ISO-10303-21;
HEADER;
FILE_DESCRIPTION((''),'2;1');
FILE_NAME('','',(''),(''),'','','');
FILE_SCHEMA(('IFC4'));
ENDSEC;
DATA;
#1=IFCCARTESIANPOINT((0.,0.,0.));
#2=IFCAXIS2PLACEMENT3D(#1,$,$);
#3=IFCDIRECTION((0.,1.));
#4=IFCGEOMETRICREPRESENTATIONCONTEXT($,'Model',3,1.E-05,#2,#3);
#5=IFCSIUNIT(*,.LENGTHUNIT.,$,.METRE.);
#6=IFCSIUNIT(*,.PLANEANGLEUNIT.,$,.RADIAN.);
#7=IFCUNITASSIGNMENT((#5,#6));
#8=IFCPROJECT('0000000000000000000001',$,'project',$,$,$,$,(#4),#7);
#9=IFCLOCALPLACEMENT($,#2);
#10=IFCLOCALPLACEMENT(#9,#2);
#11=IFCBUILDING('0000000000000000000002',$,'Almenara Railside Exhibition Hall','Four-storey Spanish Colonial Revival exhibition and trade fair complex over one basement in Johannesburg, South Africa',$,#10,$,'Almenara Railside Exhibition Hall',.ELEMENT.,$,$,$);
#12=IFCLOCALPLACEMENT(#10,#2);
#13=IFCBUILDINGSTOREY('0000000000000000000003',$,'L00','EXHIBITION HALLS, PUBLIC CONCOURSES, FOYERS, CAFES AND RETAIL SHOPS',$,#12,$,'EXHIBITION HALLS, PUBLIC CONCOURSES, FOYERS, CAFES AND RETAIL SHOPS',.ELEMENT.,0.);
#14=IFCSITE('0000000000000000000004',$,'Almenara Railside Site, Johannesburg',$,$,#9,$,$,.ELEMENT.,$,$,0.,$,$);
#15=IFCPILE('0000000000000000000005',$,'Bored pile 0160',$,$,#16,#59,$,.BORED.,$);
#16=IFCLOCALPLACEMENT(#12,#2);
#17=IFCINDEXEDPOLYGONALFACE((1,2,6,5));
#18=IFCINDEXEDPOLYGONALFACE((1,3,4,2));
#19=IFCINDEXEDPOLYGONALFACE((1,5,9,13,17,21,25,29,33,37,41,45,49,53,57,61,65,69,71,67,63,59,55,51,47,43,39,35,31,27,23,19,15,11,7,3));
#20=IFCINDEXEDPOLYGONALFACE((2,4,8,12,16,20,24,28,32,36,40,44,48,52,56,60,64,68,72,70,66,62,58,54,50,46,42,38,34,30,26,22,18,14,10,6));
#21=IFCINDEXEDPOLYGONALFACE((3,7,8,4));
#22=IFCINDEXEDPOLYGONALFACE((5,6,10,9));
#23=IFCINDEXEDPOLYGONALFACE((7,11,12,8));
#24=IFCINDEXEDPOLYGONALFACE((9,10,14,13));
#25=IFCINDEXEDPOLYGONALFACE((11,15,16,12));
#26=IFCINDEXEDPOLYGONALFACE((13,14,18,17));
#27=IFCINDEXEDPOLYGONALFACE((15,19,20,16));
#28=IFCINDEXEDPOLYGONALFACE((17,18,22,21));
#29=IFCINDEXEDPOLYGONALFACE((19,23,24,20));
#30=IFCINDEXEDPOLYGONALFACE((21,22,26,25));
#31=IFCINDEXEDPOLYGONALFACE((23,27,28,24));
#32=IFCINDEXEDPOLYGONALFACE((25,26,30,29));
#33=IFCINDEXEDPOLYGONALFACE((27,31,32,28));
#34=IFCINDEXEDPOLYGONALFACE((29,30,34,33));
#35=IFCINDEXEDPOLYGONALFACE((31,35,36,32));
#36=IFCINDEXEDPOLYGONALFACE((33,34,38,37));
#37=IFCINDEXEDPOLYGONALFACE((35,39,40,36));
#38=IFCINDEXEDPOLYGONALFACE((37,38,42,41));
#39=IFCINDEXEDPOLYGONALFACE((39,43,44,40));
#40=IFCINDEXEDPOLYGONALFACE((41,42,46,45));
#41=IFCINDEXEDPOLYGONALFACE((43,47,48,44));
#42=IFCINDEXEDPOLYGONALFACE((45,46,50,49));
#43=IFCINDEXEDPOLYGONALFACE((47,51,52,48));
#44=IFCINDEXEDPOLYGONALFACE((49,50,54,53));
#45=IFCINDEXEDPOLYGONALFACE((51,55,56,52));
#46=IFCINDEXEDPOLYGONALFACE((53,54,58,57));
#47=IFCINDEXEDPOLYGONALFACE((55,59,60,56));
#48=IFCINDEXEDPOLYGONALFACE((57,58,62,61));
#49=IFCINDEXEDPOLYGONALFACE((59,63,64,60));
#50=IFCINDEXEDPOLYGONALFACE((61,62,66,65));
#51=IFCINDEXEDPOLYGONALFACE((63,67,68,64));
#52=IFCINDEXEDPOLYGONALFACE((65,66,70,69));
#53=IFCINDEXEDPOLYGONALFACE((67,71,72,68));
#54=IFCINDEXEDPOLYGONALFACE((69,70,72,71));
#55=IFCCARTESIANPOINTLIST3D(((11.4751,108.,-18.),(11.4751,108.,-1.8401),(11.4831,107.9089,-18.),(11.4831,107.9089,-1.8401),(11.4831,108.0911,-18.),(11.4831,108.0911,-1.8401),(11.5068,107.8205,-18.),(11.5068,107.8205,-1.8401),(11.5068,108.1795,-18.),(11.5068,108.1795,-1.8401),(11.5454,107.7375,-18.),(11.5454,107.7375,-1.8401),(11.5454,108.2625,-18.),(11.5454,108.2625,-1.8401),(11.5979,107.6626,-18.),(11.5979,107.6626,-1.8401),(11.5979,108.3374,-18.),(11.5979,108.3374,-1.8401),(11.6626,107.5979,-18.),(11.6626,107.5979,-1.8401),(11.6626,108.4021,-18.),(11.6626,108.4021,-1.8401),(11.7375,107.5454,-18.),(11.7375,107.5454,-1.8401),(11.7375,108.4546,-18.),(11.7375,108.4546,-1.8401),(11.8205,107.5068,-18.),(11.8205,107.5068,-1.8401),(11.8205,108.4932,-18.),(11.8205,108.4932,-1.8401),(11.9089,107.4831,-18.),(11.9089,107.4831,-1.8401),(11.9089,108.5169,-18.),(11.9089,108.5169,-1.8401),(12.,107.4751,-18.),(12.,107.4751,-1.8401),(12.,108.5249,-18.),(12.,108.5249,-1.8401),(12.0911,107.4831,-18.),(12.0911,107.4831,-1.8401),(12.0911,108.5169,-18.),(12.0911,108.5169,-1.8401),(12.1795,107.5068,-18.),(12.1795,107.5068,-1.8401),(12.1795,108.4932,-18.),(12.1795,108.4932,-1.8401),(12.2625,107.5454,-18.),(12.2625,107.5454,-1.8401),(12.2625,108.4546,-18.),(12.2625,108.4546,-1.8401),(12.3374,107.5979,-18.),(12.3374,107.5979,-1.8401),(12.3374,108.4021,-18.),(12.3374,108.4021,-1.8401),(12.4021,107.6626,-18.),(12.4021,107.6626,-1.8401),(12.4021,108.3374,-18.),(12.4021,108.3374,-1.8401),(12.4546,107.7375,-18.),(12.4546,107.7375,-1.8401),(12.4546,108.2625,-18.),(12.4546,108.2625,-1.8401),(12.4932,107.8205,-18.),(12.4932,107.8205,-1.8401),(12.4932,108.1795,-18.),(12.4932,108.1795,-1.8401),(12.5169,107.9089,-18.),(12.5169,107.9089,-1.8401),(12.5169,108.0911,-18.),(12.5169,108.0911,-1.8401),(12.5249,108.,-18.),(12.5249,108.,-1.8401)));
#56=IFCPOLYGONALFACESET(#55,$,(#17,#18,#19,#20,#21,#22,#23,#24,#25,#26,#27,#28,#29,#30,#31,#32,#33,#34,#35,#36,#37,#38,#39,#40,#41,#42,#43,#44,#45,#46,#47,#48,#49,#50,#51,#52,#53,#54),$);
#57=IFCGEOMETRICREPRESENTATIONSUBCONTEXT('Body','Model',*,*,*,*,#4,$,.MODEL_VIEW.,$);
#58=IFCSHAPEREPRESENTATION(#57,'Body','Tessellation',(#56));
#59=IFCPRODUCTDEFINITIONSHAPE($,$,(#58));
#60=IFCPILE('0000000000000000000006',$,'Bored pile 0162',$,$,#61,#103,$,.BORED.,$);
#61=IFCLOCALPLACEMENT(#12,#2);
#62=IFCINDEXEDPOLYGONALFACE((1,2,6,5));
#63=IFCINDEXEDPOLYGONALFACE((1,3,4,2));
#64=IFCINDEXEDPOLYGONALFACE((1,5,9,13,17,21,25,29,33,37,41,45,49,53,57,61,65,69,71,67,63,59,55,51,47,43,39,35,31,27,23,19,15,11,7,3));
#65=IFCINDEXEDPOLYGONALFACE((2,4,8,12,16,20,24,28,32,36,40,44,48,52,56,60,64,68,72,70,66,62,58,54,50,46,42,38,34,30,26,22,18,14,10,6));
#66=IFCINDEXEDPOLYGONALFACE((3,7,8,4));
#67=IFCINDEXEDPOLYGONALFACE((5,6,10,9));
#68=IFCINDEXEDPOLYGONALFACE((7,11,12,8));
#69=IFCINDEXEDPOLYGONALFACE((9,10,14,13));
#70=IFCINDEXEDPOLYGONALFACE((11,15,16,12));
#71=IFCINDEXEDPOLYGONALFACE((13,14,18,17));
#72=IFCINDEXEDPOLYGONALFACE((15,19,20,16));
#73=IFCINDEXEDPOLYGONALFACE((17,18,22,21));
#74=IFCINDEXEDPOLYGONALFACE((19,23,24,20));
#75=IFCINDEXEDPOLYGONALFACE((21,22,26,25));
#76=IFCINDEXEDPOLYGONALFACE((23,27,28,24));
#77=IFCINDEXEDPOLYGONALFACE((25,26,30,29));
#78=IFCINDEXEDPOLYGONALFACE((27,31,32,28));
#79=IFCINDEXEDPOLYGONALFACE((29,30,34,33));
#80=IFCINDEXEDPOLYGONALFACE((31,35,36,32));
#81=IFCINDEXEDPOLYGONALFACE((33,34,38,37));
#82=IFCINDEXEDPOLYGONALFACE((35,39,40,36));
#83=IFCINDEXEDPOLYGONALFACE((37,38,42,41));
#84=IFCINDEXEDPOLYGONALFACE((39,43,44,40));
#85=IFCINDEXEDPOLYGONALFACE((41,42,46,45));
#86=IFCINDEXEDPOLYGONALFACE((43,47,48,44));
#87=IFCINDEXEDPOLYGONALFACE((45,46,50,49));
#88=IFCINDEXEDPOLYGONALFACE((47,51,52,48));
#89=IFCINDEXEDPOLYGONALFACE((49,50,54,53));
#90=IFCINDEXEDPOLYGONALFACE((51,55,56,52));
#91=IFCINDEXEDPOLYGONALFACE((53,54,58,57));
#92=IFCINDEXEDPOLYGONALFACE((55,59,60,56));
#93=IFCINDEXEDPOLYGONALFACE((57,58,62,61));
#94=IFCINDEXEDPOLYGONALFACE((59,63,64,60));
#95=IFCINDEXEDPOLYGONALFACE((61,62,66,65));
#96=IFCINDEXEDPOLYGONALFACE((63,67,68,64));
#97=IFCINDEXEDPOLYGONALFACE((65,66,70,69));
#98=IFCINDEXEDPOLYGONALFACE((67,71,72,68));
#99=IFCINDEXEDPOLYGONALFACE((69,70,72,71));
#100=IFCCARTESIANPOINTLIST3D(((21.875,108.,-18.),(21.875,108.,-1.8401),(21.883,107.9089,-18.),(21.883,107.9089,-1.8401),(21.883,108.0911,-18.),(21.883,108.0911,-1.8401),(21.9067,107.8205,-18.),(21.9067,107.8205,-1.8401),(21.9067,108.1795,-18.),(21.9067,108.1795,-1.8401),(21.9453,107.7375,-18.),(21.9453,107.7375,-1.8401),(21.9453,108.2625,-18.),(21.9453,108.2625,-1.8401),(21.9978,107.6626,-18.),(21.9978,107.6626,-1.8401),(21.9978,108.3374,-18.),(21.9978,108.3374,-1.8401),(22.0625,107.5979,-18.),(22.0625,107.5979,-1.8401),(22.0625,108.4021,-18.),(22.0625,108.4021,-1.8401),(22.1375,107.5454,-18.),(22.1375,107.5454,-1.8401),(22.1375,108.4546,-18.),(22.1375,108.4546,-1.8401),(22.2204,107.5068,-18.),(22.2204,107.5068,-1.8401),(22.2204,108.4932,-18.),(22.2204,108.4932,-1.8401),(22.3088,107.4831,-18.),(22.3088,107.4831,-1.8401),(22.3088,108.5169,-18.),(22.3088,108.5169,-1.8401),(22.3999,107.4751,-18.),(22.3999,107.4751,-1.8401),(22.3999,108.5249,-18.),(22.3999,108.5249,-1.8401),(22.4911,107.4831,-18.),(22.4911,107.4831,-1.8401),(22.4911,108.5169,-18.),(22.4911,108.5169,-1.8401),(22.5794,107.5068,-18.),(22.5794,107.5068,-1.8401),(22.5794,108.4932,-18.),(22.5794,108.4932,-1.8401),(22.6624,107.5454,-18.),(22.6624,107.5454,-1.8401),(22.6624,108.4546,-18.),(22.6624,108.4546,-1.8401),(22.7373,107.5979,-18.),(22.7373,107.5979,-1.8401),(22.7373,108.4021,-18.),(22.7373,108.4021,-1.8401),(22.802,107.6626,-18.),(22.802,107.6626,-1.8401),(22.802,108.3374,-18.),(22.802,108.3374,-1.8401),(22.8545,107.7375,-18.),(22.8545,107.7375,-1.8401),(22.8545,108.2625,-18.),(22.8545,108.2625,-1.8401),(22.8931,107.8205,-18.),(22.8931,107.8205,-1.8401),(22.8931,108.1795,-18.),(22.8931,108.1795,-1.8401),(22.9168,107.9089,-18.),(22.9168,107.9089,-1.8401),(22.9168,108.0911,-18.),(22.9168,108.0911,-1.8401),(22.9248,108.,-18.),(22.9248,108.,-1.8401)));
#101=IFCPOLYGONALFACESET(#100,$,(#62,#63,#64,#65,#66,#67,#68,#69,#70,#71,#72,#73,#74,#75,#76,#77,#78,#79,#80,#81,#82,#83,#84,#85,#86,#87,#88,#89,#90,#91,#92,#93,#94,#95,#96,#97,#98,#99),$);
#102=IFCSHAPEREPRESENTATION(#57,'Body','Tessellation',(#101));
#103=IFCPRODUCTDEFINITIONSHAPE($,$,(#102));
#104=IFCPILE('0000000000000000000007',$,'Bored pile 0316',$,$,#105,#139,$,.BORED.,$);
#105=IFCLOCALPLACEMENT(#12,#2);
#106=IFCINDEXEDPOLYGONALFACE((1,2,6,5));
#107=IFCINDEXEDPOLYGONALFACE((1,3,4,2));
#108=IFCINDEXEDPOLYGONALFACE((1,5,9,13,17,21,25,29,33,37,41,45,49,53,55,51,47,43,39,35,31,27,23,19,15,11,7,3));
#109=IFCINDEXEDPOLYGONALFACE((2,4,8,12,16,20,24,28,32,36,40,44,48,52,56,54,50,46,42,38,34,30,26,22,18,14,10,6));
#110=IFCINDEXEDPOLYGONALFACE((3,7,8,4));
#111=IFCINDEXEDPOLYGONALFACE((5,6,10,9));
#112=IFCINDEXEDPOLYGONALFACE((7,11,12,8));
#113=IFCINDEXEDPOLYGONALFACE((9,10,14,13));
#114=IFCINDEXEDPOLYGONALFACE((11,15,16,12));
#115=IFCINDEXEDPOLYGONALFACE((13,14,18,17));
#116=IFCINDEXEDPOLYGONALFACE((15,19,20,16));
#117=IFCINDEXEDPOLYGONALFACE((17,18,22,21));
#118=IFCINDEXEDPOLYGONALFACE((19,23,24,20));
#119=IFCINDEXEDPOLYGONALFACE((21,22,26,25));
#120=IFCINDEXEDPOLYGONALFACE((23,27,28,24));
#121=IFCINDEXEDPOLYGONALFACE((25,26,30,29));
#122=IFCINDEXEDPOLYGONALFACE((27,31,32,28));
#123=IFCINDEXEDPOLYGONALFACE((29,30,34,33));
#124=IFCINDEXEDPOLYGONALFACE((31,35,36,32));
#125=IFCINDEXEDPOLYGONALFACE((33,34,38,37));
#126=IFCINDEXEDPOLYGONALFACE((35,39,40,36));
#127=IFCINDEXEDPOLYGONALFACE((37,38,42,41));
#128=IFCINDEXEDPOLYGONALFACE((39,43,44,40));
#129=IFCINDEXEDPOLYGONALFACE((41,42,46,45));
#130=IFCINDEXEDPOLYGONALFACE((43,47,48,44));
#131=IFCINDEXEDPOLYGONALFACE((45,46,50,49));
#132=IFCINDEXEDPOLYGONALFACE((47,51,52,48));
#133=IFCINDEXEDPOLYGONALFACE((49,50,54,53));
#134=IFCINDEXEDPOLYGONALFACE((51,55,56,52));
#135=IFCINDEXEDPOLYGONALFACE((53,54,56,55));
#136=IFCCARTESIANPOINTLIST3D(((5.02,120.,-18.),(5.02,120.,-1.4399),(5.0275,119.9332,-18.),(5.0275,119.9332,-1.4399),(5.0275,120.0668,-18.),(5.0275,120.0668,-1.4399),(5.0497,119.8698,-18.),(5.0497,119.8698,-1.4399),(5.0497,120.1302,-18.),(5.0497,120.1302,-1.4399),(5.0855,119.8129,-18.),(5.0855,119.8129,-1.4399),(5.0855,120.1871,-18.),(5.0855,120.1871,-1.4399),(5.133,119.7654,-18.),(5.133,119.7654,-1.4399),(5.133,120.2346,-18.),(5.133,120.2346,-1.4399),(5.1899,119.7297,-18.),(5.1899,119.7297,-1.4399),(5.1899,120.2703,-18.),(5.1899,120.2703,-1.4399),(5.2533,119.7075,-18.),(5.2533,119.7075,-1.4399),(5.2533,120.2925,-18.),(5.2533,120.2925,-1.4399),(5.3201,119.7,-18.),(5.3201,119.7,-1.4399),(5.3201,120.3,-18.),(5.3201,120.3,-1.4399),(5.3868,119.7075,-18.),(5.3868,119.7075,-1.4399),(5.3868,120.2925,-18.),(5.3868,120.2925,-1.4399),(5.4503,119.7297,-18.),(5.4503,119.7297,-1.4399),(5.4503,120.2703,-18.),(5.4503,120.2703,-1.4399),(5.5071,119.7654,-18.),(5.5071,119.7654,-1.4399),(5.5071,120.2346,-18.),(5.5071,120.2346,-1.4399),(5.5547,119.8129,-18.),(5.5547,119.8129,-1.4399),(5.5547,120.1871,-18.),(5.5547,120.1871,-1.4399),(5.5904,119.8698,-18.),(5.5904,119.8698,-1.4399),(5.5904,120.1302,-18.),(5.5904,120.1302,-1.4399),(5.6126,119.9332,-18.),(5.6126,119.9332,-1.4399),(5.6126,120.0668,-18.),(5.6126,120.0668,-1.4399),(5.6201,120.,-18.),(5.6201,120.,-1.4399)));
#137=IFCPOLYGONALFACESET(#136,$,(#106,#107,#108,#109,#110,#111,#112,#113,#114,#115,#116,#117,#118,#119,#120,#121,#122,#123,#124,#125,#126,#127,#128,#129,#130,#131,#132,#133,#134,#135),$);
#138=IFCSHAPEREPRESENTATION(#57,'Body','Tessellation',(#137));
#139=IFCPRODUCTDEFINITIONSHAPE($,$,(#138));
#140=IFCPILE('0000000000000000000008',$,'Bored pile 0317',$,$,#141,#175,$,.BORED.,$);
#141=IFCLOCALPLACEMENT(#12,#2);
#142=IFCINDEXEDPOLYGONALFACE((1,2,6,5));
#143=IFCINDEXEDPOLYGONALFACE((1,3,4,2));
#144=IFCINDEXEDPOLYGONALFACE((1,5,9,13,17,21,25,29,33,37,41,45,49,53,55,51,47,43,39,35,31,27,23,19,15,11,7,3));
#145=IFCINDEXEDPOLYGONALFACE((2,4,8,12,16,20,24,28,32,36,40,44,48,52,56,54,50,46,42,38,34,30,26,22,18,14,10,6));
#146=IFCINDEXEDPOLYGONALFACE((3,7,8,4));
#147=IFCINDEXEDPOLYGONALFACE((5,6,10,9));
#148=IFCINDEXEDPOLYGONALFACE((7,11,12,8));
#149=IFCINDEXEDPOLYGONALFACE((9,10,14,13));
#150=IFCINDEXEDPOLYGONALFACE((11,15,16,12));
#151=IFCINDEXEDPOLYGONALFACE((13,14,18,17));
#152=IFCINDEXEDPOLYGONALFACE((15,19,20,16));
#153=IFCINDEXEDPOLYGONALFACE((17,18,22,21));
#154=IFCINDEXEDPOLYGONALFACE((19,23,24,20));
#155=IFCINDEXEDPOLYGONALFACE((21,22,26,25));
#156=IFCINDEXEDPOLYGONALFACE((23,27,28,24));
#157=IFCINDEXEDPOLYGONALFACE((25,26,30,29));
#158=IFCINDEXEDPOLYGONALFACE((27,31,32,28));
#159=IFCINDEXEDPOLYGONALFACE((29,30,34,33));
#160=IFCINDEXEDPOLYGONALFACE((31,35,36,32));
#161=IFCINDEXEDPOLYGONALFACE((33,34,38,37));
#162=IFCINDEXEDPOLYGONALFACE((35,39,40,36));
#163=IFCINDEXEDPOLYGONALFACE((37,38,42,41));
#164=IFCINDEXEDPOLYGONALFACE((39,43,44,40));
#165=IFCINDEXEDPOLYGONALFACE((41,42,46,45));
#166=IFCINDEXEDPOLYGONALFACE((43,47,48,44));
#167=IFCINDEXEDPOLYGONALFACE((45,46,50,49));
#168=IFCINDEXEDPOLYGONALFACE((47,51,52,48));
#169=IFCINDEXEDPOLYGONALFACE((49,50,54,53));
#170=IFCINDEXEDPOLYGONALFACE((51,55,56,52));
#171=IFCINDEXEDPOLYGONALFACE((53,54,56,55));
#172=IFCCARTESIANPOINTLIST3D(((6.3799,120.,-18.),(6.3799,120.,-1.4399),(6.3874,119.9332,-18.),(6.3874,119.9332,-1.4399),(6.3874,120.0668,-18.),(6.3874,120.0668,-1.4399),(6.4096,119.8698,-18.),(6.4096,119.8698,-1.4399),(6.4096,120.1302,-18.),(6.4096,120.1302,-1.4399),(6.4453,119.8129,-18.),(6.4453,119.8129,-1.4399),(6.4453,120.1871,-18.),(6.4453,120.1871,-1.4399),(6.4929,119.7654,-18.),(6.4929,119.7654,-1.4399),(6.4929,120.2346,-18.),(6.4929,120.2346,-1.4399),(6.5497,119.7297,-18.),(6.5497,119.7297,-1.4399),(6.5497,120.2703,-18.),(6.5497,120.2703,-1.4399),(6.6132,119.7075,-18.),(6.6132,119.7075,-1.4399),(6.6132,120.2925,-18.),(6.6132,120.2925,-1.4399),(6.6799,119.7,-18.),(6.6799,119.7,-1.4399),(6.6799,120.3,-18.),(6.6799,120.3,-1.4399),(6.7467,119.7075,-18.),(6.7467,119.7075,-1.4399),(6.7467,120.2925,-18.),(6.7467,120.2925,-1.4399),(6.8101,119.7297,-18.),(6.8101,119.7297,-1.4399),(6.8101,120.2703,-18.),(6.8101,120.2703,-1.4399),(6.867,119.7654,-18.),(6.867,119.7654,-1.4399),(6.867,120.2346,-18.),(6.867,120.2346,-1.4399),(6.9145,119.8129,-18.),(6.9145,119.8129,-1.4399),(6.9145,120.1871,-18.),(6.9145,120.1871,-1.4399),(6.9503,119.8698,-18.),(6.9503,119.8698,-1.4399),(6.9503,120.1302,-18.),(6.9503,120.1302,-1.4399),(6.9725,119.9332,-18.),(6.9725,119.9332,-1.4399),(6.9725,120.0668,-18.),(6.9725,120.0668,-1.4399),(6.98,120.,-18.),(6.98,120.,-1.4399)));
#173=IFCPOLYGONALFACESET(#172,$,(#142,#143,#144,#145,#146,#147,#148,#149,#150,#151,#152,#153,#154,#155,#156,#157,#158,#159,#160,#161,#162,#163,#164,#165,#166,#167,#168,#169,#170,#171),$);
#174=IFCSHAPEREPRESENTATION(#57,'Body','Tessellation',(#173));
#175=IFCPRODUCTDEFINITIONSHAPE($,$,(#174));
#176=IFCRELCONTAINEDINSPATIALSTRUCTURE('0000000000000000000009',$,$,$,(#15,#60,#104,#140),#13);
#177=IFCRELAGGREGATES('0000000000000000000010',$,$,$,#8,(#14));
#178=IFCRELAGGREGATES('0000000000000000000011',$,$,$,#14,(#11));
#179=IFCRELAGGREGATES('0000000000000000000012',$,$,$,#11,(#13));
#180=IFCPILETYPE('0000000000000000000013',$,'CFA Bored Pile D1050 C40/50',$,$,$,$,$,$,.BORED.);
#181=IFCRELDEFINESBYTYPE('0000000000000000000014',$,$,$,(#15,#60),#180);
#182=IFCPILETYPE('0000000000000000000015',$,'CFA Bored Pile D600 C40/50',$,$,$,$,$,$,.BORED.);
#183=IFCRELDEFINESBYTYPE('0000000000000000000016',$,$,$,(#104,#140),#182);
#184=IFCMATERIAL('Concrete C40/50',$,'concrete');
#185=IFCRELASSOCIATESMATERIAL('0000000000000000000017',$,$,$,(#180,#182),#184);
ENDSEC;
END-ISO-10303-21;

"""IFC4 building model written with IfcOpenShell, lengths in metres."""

from ifc_helpers import new_model, si_unit, direction, frame, origin, origin_2d, place, context, subcontext, project, spatial, circle, extrude, material, material_profile, profile_set, type_object, element, save


model = new_model("IFC4")

# Units and contexts
model_context = context("Model", 3, precision=1e-05, world=origin(), true_north=direction((0.0, 1.0)))
body_context = subcontext(model_context, "Body", "Model", "MODEL_VIEW")
ifc_project = project(units=[si_unit("LENGTHUNIT", "METRE"), si_unit("PLANEANGLEUNIT", "RADIAN")], contexts=[model_context])

# Site, building, storey
site_placement = place(None, origin())
site = spatial("IfcSite", under=ifc_project, at=site_placement, Name="Almenara Railside Site, Johannesburg", CompositionType="ELEMENT", RefElevation=0.0)
building_placement = place(site_placement, origin())
building = spatial("IfcBuilding", under=site, at=building_placement, Name="Almenara Railside Exhibition Hall", Description="Four-storey Spanish Colonial Revival exhibition and trade fair complex over one basement in Johannesburg, South Africa", LongName="Almenara Railside Exhibition Hall", CompositionType="ELEMENT")
storey_placement = place(building_placement, origin())
storey = spatial("IfcBuildingStorey", under=building, at=storey_placement, Name="L00", Description="EXHIBITION HALLS, PUBLIC CONCOURSES, FOYERS, CAFES AND RETAIL SHOPS", LongName="EXHIBITION HALLS, PUBLIC CONCOURSES, FOYERS, CAFES AND RETAIL SHOPS", CompositionType="ELEMENT", Elevation=0.0)

# Piles
ifc_material_1 = material(Name="Concrete C40/50", Category="concrete")
ifc_material_profile_1 = material_profile(ifc_material_1, circle(Radius=0.5249, at=origin_2d()), Name="CFA-PILE D1050")
ifc_profile_set_1 = profile_set([ifc_material_profile_1], Name="Concrete C40/50")
pile_type_1 = type_object("IfcPileType", Name="CFA Bored Pile D1050 C40/50", PredefinedType="BORED", material=ifc_profile_set_1)
for number, where, z_axis, x_axis, name in (
    (1, (12.0, 108.0, -1.8401), (0.0, 0.0, -1.0), (1.0, 0.0, 0.0), "Bored pile 0160"),
    (2, (22.3999, 108.0, -1.8401), (0.0, 0.0, -1.0), (1.0, 0.0, 0.0), "Bored pile 0162"),
):
    element("IfcPile", number, at=place(storey_placement, frame(where, z_axis=z_axis, x_axis=x_axis)), inside=storey, type_object=pile_type_1, Name=name, PredefinedType="BORED", context=body_context, shape_type="SweptSolid", body=[
        extrude(circle(Radius=0.5249, at=origin_2d()), origin(), (0.0, 0.0, 1.0), 16.1599),
    ])
ifc_material_profile_2 = material_profile(ifc_material_1, circle(Radius=0.3, at=origin_2d()), Name="CFA-PILE D600")
ifc_profile_set_2 = profile_set([ifc_material_profile_2], Name="Concrete C40/50")
pile_type_2 = type_object("IfcPileType", Name="CFA Bored Pile D600 C40/50", PredefinedType="BORED", material=ifc_profile_set_2)
for number, where, z_axis, x_axis, name in (
    (3, (5.3201, 120.0, -1.4399), (0.0, 0.0, -1.0), (1.0, 0.0, 0.0), "Bored pile 0316"),
    (4, (6.6799, 120.0, -1.4399), (0.0, 0.0, -1.0), (1.0, 0.0, 0.0), "Bored pile 0317"),
):
    element("IfcPile", number, at=place(storey_placement, frame(where, z_axis=z_axis, x_axis=x_axis)), inside=storey, type_object=pile_type_2, Name=name, PredefinedType="BORED", context=body_context, shape_type="SweptSolid", body=[
        extrude(circle(Radius=0.3, at=origin_2d()), origin(), (0.0, 0.0, 1.0), 16.5601),
    ])

save(model, "model.ifc")
